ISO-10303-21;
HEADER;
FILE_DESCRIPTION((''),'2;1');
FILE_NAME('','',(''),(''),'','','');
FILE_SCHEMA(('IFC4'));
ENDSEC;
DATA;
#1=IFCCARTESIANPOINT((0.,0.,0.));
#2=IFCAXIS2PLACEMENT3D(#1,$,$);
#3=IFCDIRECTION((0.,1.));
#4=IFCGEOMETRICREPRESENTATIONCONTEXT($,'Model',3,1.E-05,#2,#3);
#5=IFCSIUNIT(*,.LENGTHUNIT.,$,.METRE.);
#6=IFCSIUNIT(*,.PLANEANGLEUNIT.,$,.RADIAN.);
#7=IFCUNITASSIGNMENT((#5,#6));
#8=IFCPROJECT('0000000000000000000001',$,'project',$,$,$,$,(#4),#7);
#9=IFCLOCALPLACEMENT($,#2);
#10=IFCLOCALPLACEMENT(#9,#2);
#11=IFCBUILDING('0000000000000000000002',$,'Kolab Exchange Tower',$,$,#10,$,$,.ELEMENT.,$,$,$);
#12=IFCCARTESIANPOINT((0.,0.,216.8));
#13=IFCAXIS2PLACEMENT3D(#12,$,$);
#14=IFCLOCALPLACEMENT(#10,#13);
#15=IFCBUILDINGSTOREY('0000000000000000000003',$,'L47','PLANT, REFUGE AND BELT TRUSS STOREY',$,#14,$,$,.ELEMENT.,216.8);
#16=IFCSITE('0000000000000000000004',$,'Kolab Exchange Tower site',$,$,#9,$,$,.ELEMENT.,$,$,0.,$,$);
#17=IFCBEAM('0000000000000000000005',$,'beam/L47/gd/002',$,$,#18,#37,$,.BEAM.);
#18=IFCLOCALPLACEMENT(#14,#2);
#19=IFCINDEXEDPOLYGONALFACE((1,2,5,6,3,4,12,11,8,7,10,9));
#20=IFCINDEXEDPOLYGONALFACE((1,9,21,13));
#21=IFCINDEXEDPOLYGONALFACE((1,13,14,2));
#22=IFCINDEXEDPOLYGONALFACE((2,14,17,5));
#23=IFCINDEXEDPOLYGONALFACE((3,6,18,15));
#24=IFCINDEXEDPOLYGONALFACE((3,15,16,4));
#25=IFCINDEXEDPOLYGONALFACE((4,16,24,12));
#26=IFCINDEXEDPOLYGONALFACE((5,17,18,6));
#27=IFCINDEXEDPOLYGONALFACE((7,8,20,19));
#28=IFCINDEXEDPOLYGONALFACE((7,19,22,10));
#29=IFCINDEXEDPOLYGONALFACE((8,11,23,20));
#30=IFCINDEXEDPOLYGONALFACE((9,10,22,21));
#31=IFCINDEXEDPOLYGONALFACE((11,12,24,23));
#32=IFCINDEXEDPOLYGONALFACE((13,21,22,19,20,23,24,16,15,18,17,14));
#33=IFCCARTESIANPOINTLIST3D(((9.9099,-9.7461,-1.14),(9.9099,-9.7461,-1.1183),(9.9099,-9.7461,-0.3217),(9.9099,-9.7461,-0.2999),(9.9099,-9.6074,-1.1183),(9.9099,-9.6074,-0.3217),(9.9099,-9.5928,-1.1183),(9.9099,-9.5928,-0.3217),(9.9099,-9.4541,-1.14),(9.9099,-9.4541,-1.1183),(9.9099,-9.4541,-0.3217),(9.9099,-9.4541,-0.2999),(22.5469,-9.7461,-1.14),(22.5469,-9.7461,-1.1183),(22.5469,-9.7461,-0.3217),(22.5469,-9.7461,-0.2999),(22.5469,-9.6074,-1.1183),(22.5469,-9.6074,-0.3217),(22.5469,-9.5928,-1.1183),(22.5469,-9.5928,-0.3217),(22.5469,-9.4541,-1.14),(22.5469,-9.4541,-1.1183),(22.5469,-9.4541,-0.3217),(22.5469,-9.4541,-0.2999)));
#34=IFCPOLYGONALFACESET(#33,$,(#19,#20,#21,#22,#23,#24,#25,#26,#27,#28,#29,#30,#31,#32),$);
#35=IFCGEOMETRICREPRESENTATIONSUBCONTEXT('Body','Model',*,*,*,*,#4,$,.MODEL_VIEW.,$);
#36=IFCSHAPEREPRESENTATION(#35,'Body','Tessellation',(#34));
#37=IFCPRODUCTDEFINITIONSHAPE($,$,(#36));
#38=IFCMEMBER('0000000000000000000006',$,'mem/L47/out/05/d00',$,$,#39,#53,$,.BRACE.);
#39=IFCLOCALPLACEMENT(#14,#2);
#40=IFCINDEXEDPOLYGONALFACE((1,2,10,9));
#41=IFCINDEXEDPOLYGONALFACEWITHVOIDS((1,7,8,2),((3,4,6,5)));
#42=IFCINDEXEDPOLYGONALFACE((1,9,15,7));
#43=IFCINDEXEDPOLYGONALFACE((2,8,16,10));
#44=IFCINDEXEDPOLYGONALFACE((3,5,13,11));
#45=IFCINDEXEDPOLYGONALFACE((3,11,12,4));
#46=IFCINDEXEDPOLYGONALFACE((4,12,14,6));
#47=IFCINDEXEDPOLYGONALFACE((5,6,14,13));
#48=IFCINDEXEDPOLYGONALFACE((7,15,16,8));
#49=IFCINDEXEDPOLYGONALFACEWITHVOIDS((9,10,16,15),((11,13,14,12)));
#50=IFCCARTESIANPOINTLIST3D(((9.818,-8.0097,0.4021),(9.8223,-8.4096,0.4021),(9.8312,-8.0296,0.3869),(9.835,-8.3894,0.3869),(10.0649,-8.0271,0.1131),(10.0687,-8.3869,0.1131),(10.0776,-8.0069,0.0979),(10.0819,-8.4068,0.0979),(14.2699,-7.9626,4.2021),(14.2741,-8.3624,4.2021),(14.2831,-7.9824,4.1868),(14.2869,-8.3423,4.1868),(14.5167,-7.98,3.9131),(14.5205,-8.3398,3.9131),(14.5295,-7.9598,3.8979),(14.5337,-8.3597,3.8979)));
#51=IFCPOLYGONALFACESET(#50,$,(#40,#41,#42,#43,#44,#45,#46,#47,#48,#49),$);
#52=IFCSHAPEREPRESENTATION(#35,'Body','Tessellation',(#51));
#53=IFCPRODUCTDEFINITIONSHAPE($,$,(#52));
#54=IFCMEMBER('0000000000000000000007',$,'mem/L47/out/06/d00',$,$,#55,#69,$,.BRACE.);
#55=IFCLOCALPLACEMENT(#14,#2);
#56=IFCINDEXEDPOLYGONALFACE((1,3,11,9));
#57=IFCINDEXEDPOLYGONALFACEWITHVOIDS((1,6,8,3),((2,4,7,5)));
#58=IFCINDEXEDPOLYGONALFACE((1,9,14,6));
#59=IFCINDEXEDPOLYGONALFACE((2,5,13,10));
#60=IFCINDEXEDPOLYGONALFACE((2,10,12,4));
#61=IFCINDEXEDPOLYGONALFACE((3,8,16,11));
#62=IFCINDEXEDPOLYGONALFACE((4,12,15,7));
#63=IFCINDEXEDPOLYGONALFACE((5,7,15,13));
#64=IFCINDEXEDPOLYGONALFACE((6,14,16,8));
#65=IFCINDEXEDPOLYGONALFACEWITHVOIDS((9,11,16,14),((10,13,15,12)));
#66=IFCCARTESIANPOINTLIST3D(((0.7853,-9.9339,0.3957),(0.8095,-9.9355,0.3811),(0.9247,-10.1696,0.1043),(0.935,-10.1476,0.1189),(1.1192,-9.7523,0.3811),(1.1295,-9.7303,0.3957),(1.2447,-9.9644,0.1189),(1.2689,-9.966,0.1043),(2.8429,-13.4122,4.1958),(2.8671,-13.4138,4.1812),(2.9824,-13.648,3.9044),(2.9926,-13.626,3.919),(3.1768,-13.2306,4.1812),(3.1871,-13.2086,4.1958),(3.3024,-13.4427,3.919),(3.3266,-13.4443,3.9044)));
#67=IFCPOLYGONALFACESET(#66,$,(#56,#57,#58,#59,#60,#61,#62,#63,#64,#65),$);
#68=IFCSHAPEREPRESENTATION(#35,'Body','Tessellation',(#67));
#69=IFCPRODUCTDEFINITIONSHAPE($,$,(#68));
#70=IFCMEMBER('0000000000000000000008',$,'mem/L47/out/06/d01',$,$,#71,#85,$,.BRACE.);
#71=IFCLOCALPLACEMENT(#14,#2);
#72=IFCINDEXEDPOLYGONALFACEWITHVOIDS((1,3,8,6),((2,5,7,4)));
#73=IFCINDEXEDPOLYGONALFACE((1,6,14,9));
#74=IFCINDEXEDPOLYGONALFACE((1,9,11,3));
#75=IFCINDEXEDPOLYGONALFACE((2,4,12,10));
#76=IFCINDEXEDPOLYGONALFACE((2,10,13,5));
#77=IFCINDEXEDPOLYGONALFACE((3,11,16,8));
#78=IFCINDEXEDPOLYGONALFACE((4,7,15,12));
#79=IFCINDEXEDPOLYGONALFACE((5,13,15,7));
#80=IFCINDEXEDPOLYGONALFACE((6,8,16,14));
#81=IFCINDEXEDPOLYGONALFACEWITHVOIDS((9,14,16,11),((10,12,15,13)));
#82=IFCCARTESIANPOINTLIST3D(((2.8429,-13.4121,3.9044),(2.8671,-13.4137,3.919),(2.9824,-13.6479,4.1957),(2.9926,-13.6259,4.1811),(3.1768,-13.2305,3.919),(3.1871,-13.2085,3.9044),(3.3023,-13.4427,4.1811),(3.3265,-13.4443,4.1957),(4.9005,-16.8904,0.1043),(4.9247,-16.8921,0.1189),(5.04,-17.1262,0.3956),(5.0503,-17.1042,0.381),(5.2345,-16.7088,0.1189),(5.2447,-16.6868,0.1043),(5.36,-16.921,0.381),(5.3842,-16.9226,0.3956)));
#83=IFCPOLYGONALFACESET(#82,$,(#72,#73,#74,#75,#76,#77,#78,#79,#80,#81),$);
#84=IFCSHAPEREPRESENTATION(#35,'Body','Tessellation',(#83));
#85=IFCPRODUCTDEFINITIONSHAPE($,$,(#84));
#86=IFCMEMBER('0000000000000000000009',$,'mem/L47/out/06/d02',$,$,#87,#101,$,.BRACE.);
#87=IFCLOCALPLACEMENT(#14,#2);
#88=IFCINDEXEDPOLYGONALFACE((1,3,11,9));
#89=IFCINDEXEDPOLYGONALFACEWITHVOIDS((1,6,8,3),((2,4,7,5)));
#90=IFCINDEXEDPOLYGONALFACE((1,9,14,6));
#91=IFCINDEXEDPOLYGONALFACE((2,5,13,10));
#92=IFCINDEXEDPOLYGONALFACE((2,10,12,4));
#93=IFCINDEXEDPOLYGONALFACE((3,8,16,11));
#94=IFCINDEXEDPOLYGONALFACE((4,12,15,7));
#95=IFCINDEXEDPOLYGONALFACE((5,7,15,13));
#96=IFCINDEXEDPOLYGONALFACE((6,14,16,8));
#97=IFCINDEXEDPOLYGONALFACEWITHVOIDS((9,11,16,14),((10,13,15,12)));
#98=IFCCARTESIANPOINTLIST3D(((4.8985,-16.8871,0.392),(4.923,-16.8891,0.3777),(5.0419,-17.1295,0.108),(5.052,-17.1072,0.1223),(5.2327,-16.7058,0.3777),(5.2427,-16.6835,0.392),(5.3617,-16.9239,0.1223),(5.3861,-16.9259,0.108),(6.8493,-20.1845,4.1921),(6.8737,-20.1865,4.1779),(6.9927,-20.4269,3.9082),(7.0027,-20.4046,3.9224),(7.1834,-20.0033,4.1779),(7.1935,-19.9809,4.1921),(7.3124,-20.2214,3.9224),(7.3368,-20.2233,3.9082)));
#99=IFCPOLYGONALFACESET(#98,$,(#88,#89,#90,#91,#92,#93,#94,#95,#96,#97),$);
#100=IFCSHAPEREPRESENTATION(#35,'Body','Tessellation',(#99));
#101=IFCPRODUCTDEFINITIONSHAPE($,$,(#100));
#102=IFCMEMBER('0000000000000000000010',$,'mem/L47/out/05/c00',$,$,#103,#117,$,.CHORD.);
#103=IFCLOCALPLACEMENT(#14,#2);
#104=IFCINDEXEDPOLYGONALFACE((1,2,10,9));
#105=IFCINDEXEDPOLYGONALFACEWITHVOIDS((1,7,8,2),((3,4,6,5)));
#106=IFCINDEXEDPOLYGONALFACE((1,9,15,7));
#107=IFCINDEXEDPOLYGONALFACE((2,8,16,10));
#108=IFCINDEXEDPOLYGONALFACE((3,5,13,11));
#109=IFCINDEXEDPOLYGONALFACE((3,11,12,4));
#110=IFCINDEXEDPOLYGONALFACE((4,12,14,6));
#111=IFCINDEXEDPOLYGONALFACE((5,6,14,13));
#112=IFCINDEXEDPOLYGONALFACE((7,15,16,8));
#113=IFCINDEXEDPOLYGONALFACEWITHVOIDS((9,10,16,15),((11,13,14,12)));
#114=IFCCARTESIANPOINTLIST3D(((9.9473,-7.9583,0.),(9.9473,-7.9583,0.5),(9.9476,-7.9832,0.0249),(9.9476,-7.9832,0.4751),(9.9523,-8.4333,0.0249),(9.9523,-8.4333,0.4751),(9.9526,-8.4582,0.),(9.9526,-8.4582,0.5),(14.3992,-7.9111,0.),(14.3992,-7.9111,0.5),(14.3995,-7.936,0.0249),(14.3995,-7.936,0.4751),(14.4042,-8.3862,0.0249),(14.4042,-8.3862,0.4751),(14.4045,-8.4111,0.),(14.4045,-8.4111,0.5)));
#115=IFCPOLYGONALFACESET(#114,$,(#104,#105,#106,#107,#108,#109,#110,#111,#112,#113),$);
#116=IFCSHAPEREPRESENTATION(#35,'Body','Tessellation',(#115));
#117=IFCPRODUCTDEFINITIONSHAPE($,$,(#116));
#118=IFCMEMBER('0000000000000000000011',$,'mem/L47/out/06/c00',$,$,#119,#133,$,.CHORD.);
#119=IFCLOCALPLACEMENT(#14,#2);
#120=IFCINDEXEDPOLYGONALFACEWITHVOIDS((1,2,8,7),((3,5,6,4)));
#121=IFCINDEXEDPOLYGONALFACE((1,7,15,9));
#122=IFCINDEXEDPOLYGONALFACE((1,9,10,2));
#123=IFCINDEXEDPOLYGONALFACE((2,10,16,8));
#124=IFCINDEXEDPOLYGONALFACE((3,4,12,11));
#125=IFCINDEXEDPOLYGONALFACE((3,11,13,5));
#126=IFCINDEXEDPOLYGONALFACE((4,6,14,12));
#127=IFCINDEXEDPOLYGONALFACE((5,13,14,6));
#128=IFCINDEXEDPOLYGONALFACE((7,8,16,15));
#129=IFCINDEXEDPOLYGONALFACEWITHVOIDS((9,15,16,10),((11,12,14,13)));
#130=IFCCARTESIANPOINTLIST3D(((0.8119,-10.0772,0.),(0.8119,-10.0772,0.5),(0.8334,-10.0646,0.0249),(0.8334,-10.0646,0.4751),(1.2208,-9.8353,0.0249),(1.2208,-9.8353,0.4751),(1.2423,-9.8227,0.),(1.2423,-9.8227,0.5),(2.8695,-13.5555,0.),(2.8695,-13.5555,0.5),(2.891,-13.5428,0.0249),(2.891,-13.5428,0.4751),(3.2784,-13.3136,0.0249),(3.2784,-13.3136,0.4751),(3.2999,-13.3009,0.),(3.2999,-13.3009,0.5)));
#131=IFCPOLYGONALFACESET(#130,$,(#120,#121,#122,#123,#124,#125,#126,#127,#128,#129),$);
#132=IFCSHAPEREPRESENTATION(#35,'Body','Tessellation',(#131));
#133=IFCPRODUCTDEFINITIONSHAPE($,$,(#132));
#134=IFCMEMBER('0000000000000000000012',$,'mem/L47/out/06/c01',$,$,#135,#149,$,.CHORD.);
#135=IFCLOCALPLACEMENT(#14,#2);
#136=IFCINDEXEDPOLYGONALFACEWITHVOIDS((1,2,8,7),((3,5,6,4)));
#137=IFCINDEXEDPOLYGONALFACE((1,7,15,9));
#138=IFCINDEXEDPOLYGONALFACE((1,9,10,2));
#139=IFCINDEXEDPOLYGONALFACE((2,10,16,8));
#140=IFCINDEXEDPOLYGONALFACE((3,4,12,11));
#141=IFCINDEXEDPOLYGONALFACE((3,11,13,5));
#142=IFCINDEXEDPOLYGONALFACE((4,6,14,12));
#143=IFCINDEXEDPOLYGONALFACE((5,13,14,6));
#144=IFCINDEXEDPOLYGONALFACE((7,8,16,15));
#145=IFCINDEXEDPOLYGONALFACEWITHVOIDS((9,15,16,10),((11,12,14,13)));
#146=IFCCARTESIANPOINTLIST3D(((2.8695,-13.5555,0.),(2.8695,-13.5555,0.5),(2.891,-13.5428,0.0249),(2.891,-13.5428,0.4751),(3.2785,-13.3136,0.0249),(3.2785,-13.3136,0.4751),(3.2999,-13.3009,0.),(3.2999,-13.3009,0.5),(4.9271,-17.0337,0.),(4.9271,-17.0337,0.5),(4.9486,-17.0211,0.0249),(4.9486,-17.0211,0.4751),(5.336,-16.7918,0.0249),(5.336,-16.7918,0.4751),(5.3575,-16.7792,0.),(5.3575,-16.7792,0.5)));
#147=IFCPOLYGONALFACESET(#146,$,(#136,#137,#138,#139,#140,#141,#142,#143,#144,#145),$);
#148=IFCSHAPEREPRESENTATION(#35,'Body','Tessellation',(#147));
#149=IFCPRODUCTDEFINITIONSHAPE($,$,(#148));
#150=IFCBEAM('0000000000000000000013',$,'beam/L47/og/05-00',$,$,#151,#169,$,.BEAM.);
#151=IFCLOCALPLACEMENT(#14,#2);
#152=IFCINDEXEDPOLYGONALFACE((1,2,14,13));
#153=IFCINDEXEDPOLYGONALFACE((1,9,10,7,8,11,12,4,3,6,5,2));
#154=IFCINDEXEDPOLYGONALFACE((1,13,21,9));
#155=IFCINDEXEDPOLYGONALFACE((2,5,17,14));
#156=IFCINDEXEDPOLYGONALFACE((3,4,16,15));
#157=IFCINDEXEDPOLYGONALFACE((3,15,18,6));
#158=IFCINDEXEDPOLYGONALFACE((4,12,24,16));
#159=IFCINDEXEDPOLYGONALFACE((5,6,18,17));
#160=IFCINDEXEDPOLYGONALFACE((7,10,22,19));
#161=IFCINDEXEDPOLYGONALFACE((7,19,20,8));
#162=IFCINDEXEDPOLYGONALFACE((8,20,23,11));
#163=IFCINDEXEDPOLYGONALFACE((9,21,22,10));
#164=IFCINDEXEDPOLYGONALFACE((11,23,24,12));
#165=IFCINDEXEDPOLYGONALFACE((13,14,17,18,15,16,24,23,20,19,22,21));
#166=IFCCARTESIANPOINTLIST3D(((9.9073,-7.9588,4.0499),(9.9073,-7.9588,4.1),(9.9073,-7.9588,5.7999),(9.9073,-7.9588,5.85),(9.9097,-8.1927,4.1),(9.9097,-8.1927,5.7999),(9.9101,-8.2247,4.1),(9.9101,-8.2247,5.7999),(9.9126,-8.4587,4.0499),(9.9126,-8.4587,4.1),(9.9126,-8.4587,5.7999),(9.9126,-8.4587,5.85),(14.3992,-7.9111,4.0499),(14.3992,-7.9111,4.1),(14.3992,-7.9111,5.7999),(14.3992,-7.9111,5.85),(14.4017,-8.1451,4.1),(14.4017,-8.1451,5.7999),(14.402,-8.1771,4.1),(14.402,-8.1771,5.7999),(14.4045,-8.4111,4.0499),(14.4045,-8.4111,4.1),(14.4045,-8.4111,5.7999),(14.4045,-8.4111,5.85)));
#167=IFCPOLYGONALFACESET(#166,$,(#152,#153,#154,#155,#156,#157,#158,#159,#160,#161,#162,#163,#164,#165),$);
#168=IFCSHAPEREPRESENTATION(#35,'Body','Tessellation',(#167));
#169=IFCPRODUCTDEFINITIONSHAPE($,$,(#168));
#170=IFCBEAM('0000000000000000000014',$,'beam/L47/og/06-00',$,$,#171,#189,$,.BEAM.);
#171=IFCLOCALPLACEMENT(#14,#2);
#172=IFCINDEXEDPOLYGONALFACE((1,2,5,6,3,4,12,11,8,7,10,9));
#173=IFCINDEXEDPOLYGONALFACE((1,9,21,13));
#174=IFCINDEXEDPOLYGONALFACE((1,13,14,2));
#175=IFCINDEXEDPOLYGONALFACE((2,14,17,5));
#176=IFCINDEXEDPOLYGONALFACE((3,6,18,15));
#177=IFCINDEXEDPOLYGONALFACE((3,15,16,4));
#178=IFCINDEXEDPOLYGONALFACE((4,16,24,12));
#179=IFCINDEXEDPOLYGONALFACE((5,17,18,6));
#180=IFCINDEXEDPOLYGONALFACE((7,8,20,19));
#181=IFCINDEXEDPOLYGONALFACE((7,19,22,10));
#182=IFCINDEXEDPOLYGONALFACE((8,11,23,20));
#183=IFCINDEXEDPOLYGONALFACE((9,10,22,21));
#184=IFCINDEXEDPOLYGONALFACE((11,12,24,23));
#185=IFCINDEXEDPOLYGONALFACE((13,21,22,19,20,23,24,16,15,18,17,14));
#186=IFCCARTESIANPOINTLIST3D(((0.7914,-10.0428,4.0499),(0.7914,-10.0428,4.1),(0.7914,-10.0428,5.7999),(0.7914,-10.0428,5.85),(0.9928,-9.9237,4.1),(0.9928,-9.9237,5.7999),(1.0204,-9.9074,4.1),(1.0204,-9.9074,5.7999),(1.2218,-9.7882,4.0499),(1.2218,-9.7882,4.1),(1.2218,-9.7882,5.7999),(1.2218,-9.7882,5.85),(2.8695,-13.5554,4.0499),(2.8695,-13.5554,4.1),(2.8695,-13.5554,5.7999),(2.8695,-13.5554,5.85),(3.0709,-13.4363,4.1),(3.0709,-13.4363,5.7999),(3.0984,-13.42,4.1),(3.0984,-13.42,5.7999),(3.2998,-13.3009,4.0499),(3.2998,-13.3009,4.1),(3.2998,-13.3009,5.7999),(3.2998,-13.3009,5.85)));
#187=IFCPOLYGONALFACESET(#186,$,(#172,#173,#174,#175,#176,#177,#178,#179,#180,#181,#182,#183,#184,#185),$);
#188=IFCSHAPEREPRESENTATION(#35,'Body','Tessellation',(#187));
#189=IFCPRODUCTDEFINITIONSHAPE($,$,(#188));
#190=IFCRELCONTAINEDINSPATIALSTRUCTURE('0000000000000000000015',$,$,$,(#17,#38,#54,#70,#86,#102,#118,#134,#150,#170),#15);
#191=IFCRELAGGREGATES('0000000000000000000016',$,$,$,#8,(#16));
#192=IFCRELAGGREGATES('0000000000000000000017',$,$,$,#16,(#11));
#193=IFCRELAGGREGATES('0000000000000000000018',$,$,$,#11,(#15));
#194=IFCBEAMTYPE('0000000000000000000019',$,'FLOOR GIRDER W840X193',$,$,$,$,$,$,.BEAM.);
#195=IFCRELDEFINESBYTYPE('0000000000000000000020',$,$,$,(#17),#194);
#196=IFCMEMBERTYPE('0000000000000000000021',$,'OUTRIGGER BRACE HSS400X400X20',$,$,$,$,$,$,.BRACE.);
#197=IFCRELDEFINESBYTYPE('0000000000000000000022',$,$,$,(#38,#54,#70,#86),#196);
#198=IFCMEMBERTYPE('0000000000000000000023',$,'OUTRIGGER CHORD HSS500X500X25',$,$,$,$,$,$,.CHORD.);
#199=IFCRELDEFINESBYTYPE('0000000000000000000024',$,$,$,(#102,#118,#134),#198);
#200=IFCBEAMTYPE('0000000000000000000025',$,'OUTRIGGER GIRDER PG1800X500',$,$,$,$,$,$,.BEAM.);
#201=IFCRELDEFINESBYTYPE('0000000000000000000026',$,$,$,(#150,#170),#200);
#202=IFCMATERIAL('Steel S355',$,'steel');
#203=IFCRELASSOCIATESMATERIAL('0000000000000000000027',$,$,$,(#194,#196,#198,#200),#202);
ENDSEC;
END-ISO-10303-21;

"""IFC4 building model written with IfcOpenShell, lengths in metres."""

from ifc_helpers import new_model, si_unit, direction, frame, origin, origin_2d, place, context, subcontext, project, spatial, hollow_rectangle, i_section, extrude, material, material_profile, profile_set, type_object, element, save


model = new_model("IFC4")

# Units and contexts
model_context = context("Model", 3, precision=1e-05, world=origin(), true_north=direction((0.0, 1.0)))
body_context = subcontext(model_context, "Body", "Model", "MODEL_VIEW")
ifc_project = project(units=[si_unit("LENGTHUNIT", "METRE"), si_unit("PLANEANGLEUNIT", "RADIAN")], contexts=[model_context])

# Site, building, storey
site_placement = place(None, origin())
site = spatial("IfcSite", under=ifc_project, at=site_placement, Name="Kolab Exchange Tower site", CompositionType="ELEMENT", RefElevation=0.0)
building_placement = place(site_placement, origin())
building = spatial("IfcBuilding", under=site, at=building_placement, Name="Kolab Exchange Tower", CompositionType="ELEMENT")
storey_placement = place(building_placement, frame((0.0, 0.0, 216.8)))
storey = spatial("IfcBuildingStorey", under=building, at=storey_placement, Name="L47", Description="PLANT, REFUGE AND BELT TRUSS STOREY", CompositionType="ELEMENT", Elevation=216.8)

# Beam
ifc_material_1 = material(Name="Steel S355", Category="steel")
ifc_material_profile_1 = material_profile(ifc_material_1, i_section(OverallWidth=0.292, OverallDepth=0.8401, WebThickness=0.0146, FlangeThickness=0.0217, at=origin_2d()), Name="W840X193")
ifc_profile_set_1 = profile_set([ifc_material_profile_1], Name="Steel S355")
beam_type_1 = type_object("IfcBeamType", Name="FLOOR GIRDER W840X193", PredefinedType="BEAM", material=ifc_profile_set_1)
beam_1_placement = place(storey_placement, frame((9.9099, -9.6001, -0.72), z_axis=(1.0, 0.0, 0.0), x_axis=(0.0, 1.0, 0.0)))
element("IfcBeam", 1, at=beam_1_placement, inside=storey, type_object=beam_type_1, Name="beam/L47/gd/002", PredefinedType="BEAM", context=body_context, shape_type="SweptSolid", body=[
    extrude(i_section(OverallWidth=0.292, OverallDepth=0.8401, WebThickness=0.0146, FlangeThickness=0.0217, at=origin_2d()), origin(), (0.0, 0.0, 1.0), 12.637),
])

# Members
ifc_material_profile_2 = material_profile(ifc_material_1, hollow_rectangle(XDim=0.3999, YDim=0.3999, WallThickness=0.02, at=origin_2d()), Name="HSS400X400X20")
ifc_profile_set_2 = profile_set([ifc_material_profile_2], Name="Steel S355")
member_type_1 = type_object("IfcMemberType", Name="OUTRIGGER BRACE HSS400X400X20", PredefinedType="BRACE", material=ifc_profile_set_2)
member_1_placement = place(storey_placement, frame((9.95, -8.2083, 0.25), z_axis=(0.76057, 0.00805, 0.649206), x_axis=(-0.010583, 0.999944, 0.0)))
element("IfcMember", 2, at=member_1_placement, inside=storey, type_object=member_type_1, Name="mem/L47/out/05/d00", PredefinedType="BRACE", context=body_context, shape_type="SweptSolid", body=[
    extrude(hollow_rectangle(XDim=0.3999, YDim=0.3999, WallThickness=0.02, at=origin_2d()), origin(), (0.0, 0.0, 1.0), 5.8533),
])
for number, where, z_axis, x_axis, name in (
    (3, (1.0271, -9.95, 0.25), (0.370922, -0.627021, 0.685027), (0.86068, 0.509146, 0.0), "mem/L47/out/06/d00"),
    (4, (3.0847, -13.4282, 4.05), (0.370922, -0.627021, -0.685027), (0.86068, 0.509146, 0.0), "mem/L47/out/06/d01"),
):
    element("IfcMember", number, at=place(storey_placement, frame(where, z_axis=z_axis, x_axis=x_axis)), inside=storey, type_object=member_type_1, Name=name, PredefinedType="BRACE", context=body_context, shape_type="SweptSolid", body=[
        extrude(hollow_rectangle(XDim=0.3999, YDim=0.3999, WallThickness=0.02, at=origin_2d()), origin(), (0.0, 0.0, 1.0), 5.5474),
    ])
member_2_placement = place(storey_placement, frame((5.1423, -16.9065, 0.25), z_axis=(0.361497, -0.611062, 0.704218), x_axis=(0.86067, 0.509163, 0.0)))
element("IfcMember", 5, at=member_2_placement, inside=storey, type_object=member_type_1, Name="mem/L47/out/06/d02", PredefinedType="BRACE", context=body_context, shape_type="SweptSolid", body=[
    extrude(hollow_rectangle(XDim=0.3999, YDim=0.3999, WallThickness=0.02, at=origin_2d()), origin(), (0.0, 0.0, 1.0), 5.3962),
])
ifc_material_profile_3 = material_profile(ifc_material_1, hollow_rectangle(XDim=0.5, YDim=0.5, WallThickness=0.0249, at=origin_2d()), Name="HSS500X500X25")
ifc_profile_set_3 = profile_set([ifc_material_profile_3], Name="Steel S355")
member_type_2 = type_object("IfcMemberType", Name="OUTRIGGER CHORD HSS500X500X25", PredefinedType="CHORD", material=ifc_profile_set_3)
member_3_placement = place(storey_placement, frame((9.95, -8.2083, 0.25), z_axis=(0.999944, 0.010583, 0.0), x_axis=(-0.010583, 0.999944, 0.0)))
element("IfcMember", 6, at=member_3_placement, inside=storey, type_object=member_type_2, Name="mem/L47/out/05/c00", PredefinedType="CHORD", context=body_context, shape_type="SweptSolid", body=[
    extrude(hollow_rectangle(XDim=0.5, YDim=0.5, WallThickness=0.0249, at=origin_2d()), origin(), (0.0, 0.0, 1.0), 4.4521),
])
for number, where, z_axis, x_axis, name in (
    (7, (1.0271, -9.95, 0.25), (0.509146, -0.86068, 0.0), (0.86068, 0.509146, 0.0), "mem/L47/out/06/c00"),
    (8, (3.0847, -13.4282, 0.25), (0.509146, -0.86068, 0.0), (0.86068, 0.509146, 0.0), "mem/L47/out/06/c01"),
):
    element("IfcMember", number, at=place(storey_placement, frame(where, z_axis=z_axis, x_axis=x_axis)), inside=storey, type_object=member_type_2, Name=name, PredefinedType="CHORD", context=body_context, shape_type="SweptSolid", body=[
        extrude(hollow_rectangle(XDim=0.5, YDim=0.5, WallThickness=0.0249, at=origin_2d()), origin(), (0.0, 0.0, 1.0), 4.0413),
    ])

# Beams
ifc_material_profile_4 = material_profile(ifc_material_1, i_section(OverallWidth=0.5, OverallDepth=1.8, WebThickness=0.032, FlangeThickness=0.05, at=origin_2d()), Name="PG1800X500")
ifc_profile_set_4 = profile_set([ifc_material_profile_4], Name="Steel S355")
beam_type_2 = type_object("IfcBeamType", Name="OUTRIGGER GIRDER PG1800X500", PredefinedType="BEAM", material=ifc_profile_set_4)
beam_2_placement = place(storey_placement, frame((9.9099, -8.2087, 4.95), z_axis=(0.999944, 0.010598, 0.0), x_axis=(-0.010598, 0.999944, 0.0)))
element("IfcBeam", 9, at=beam_2_placement, inside=storey, type_object=beam_type_2, Name="beam/L47/og/05-00", PredefinedType="BEAM", context=body_context, shape_type="SweptSolid", body=[
    extrude(i_section(OverallWidth=0.5, OverallDepth=1.8, WebThickness=0.032, FlangeThickness=0.05, at=origin_2d()), origin(), (0.0, 0.0, 1.0), 4.4922),
])
beam_3_placement = place(storey_placement, frame((1.0066, -9.9155, 4.95), z_axis=(0.509173, -0.860664, 0.0), x_axis=(0.860664, 0.509173, 0.0)))
element("IfcBeam", 10, at=beam_3_placement, inside=storey, type_object=beam_type_2, Name="beam/L47/og/06-00", PredefinedType="BEAM", context=body_context, shape_type="SweptSolid", body=[
    extrude(i_section(OverallWidth=0.5, OverallDepth=1.8, WebThickness=0.032, FlangeThickness=0.05, at=origin_2d()), origin(), (0.0, 0.0, 1.0), 4.0813),
])

save(model, "model.ifc")
